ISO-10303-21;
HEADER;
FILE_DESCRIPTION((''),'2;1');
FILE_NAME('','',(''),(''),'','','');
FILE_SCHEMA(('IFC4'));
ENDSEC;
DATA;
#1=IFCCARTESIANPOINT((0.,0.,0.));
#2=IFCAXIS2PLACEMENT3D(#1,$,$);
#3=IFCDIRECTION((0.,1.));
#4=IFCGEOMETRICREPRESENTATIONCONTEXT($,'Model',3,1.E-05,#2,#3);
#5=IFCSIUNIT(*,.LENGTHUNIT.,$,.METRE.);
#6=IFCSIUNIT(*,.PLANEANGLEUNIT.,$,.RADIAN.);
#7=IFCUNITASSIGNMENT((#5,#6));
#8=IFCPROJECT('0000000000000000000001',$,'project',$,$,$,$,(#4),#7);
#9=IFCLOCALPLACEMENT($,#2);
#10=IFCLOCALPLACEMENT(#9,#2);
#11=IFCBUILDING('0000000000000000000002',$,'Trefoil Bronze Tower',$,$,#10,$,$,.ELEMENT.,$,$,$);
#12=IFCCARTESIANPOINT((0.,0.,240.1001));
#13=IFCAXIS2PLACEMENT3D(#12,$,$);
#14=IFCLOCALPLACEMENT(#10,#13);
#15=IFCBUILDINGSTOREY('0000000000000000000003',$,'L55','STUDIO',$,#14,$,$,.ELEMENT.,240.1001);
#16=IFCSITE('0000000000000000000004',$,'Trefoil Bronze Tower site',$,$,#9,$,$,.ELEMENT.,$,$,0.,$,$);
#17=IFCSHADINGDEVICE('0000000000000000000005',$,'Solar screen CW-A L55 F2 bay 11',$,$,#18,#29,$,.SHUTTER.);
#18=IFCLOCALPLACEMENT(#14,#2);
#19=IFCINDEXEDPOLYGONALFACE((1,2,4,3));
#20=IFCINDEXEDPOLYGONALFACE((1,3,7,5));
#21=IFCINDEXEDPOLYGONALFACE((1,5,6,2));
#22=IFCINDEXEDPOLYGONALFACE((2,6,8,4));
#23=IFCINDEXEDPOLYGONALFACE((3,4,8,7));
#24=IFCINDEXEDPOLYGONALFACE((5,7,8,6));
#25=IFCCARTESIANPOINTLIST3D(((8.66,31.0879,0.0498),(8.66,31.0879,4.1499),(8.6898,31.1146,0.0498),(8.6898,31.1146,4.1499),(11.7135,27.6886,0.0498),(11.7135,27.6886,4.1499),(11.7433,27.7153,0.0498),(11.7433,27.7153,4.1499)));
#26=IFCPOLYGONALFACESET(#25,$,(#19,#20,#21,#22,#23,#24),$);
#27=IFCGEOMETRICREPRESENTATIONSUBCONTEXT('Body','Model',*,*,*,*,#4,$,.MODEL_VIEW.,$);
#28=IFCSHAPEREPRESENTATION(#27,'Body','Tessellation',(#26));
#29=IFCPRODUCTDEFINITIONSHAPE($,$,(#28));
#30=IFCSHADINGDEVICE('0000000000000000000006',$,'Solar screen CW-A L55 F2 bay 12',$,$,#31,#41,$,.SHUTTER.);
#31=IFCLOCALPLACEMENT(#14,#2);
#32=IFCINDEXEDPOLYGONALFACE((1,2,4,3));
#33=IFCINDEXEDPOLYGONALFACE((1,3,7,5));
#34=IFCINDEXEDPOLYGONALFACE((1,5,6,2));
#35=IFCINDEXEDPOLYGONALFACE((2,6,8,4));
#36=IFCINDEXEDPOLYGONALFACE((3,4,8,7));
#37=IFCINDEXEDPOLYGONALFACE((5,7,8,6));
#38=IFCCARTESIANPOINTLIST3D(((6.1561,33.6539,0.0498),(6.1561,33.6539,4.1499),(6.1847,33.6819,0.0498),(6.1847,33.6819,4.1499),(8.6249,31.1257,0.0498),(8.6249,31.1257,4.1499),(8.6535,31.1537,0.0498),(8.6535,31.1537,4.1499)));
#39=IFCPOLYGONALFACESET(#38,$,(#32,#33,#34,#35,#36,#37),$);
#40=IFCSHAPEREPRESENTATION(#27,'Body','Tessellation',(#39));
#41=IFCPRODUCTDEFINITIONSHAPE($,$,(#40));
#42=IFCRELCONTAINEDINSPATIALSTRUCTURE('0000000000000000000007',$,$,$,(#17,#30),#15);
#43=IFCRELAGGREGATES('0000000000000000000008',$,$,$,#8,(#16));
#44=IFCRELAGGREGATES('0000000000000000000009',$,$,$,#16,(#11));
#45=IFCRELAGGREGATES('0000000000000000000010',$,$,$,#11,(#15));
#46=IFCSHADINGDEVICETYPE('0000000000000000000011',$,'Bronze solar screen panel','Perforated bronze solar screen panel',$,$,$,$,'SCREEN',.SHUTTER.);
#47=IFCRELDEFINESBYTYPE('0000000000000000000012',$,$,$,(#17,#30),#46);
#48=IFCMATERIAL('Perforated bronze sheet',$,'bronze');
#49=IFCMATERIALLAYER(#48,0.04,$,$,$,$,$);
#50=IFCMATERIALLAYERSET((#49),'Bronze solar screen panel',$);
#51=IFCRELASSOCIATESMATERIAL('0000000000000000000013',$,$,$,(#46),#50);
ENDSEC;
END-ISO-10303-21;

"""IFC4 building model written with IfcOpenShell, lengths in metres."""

from ifc_helpers import new_model, si_unit, direction, frame, origin, origin_2d, place, context, subcontext, project, spatial, rectangle, extrude, material, layer, layer_set, type_object, element, save


model = new_model("IFC4")

# Units and contexts
model_context = context("Model", 3, precision=1e-05, world=origin(), true_north=direction((0.0, 1.0)))
body_context = subcontext(model_context, "Body", "Model", "MODEL_VIEW")
ifc_project = project(units=[si_unit("LENGTHUNIT", "METRE"), si_unit("PLANEANGLEUNIT", "RADIAN")], contexts=[model_context])

# Site, building, storey
site_placement = place(None, origin())
site = spatial("IfcSite", under=ifc_project, at=site_placement, Name="Trefoil Bronze Tower site", CompositionType="ELEMENT", RefElevation=0.0)
building_placement = place(site_placement, origin())
building = spatial("IfcBuilding", under=site, at=building_placement, Name="Trefoil Bronze Tower", CompositionType="ELEMENT")
storey_placement = place(building_placement, frame((0.0, 0.0, 240.1001)))
storey = spatial("IfcBuildingStorey", under=building, at=storey_placement, Name="L55", Description="STUDIO", CompositionType="ELEMENT", Elevation=240.1001)

# Shading devices
ifc_material_1 = material(Name="Perforated bronze sheet", Category="bronze")
ifc_layer_1 = layer(ifc_material_1, 0.04)
ifc_layer_set_1 = layer_set([ifc_layer_1], Name="Bronze solar screen panel")
shading_device_type = type_object("IfcShadingDeviceType", Name="Bronze solar screen panel", Description="Perforated bronze solar screen panel", ElementType="SCREEN", PredefinedType="SHUTTER", material=ifc_layer_set_1)
shading_device_1_placement = place(storey_placement, frame((10.2017, 29.4016, 0.0498), z_axis=(0.0, 0.0, 1.0), x_axis=(-0.668246, 0.743941, 0.0)))
element("IfcShadingDevice", 1, at=shading_device_1_placement, inside=storey, type_object=shading_device_type, Name="Solar screen CW-A L55 F2 bay 11", PredefinedType="SHUTTER", context=body_context, shape_type="SweptSolid", body=[
    extrude(rectangle(XDim=4.5693, YDim=0.04, at=origin_2d()), origin(), (0.0, 0.0, 1.0), 4.1001),
])
shading_device_2_placement = place(storey_placement, frame((7.4048, 32.4038, 0.0498), z_axis=(0.0, 0.0, 1.0), x_axis=(-0.698652, 0.715462, 0.0)))
element("IfcShadingDevice", 2, at=shading_device_2_placement, inside=storey, type_object=shading_device_type, Name="Solar screen CW-A L55 F2 bay 12", PredefinedType="SHUTTER", context=body_context, shape_type="SweptSolid", body=[
    extrude(rectangle(XDim=3.5337, YDim=0.04, at=origin_2d()), origin(), (0.0, 0.0, 1.0), 4.1001),
])

save(model, "model.ifc")
